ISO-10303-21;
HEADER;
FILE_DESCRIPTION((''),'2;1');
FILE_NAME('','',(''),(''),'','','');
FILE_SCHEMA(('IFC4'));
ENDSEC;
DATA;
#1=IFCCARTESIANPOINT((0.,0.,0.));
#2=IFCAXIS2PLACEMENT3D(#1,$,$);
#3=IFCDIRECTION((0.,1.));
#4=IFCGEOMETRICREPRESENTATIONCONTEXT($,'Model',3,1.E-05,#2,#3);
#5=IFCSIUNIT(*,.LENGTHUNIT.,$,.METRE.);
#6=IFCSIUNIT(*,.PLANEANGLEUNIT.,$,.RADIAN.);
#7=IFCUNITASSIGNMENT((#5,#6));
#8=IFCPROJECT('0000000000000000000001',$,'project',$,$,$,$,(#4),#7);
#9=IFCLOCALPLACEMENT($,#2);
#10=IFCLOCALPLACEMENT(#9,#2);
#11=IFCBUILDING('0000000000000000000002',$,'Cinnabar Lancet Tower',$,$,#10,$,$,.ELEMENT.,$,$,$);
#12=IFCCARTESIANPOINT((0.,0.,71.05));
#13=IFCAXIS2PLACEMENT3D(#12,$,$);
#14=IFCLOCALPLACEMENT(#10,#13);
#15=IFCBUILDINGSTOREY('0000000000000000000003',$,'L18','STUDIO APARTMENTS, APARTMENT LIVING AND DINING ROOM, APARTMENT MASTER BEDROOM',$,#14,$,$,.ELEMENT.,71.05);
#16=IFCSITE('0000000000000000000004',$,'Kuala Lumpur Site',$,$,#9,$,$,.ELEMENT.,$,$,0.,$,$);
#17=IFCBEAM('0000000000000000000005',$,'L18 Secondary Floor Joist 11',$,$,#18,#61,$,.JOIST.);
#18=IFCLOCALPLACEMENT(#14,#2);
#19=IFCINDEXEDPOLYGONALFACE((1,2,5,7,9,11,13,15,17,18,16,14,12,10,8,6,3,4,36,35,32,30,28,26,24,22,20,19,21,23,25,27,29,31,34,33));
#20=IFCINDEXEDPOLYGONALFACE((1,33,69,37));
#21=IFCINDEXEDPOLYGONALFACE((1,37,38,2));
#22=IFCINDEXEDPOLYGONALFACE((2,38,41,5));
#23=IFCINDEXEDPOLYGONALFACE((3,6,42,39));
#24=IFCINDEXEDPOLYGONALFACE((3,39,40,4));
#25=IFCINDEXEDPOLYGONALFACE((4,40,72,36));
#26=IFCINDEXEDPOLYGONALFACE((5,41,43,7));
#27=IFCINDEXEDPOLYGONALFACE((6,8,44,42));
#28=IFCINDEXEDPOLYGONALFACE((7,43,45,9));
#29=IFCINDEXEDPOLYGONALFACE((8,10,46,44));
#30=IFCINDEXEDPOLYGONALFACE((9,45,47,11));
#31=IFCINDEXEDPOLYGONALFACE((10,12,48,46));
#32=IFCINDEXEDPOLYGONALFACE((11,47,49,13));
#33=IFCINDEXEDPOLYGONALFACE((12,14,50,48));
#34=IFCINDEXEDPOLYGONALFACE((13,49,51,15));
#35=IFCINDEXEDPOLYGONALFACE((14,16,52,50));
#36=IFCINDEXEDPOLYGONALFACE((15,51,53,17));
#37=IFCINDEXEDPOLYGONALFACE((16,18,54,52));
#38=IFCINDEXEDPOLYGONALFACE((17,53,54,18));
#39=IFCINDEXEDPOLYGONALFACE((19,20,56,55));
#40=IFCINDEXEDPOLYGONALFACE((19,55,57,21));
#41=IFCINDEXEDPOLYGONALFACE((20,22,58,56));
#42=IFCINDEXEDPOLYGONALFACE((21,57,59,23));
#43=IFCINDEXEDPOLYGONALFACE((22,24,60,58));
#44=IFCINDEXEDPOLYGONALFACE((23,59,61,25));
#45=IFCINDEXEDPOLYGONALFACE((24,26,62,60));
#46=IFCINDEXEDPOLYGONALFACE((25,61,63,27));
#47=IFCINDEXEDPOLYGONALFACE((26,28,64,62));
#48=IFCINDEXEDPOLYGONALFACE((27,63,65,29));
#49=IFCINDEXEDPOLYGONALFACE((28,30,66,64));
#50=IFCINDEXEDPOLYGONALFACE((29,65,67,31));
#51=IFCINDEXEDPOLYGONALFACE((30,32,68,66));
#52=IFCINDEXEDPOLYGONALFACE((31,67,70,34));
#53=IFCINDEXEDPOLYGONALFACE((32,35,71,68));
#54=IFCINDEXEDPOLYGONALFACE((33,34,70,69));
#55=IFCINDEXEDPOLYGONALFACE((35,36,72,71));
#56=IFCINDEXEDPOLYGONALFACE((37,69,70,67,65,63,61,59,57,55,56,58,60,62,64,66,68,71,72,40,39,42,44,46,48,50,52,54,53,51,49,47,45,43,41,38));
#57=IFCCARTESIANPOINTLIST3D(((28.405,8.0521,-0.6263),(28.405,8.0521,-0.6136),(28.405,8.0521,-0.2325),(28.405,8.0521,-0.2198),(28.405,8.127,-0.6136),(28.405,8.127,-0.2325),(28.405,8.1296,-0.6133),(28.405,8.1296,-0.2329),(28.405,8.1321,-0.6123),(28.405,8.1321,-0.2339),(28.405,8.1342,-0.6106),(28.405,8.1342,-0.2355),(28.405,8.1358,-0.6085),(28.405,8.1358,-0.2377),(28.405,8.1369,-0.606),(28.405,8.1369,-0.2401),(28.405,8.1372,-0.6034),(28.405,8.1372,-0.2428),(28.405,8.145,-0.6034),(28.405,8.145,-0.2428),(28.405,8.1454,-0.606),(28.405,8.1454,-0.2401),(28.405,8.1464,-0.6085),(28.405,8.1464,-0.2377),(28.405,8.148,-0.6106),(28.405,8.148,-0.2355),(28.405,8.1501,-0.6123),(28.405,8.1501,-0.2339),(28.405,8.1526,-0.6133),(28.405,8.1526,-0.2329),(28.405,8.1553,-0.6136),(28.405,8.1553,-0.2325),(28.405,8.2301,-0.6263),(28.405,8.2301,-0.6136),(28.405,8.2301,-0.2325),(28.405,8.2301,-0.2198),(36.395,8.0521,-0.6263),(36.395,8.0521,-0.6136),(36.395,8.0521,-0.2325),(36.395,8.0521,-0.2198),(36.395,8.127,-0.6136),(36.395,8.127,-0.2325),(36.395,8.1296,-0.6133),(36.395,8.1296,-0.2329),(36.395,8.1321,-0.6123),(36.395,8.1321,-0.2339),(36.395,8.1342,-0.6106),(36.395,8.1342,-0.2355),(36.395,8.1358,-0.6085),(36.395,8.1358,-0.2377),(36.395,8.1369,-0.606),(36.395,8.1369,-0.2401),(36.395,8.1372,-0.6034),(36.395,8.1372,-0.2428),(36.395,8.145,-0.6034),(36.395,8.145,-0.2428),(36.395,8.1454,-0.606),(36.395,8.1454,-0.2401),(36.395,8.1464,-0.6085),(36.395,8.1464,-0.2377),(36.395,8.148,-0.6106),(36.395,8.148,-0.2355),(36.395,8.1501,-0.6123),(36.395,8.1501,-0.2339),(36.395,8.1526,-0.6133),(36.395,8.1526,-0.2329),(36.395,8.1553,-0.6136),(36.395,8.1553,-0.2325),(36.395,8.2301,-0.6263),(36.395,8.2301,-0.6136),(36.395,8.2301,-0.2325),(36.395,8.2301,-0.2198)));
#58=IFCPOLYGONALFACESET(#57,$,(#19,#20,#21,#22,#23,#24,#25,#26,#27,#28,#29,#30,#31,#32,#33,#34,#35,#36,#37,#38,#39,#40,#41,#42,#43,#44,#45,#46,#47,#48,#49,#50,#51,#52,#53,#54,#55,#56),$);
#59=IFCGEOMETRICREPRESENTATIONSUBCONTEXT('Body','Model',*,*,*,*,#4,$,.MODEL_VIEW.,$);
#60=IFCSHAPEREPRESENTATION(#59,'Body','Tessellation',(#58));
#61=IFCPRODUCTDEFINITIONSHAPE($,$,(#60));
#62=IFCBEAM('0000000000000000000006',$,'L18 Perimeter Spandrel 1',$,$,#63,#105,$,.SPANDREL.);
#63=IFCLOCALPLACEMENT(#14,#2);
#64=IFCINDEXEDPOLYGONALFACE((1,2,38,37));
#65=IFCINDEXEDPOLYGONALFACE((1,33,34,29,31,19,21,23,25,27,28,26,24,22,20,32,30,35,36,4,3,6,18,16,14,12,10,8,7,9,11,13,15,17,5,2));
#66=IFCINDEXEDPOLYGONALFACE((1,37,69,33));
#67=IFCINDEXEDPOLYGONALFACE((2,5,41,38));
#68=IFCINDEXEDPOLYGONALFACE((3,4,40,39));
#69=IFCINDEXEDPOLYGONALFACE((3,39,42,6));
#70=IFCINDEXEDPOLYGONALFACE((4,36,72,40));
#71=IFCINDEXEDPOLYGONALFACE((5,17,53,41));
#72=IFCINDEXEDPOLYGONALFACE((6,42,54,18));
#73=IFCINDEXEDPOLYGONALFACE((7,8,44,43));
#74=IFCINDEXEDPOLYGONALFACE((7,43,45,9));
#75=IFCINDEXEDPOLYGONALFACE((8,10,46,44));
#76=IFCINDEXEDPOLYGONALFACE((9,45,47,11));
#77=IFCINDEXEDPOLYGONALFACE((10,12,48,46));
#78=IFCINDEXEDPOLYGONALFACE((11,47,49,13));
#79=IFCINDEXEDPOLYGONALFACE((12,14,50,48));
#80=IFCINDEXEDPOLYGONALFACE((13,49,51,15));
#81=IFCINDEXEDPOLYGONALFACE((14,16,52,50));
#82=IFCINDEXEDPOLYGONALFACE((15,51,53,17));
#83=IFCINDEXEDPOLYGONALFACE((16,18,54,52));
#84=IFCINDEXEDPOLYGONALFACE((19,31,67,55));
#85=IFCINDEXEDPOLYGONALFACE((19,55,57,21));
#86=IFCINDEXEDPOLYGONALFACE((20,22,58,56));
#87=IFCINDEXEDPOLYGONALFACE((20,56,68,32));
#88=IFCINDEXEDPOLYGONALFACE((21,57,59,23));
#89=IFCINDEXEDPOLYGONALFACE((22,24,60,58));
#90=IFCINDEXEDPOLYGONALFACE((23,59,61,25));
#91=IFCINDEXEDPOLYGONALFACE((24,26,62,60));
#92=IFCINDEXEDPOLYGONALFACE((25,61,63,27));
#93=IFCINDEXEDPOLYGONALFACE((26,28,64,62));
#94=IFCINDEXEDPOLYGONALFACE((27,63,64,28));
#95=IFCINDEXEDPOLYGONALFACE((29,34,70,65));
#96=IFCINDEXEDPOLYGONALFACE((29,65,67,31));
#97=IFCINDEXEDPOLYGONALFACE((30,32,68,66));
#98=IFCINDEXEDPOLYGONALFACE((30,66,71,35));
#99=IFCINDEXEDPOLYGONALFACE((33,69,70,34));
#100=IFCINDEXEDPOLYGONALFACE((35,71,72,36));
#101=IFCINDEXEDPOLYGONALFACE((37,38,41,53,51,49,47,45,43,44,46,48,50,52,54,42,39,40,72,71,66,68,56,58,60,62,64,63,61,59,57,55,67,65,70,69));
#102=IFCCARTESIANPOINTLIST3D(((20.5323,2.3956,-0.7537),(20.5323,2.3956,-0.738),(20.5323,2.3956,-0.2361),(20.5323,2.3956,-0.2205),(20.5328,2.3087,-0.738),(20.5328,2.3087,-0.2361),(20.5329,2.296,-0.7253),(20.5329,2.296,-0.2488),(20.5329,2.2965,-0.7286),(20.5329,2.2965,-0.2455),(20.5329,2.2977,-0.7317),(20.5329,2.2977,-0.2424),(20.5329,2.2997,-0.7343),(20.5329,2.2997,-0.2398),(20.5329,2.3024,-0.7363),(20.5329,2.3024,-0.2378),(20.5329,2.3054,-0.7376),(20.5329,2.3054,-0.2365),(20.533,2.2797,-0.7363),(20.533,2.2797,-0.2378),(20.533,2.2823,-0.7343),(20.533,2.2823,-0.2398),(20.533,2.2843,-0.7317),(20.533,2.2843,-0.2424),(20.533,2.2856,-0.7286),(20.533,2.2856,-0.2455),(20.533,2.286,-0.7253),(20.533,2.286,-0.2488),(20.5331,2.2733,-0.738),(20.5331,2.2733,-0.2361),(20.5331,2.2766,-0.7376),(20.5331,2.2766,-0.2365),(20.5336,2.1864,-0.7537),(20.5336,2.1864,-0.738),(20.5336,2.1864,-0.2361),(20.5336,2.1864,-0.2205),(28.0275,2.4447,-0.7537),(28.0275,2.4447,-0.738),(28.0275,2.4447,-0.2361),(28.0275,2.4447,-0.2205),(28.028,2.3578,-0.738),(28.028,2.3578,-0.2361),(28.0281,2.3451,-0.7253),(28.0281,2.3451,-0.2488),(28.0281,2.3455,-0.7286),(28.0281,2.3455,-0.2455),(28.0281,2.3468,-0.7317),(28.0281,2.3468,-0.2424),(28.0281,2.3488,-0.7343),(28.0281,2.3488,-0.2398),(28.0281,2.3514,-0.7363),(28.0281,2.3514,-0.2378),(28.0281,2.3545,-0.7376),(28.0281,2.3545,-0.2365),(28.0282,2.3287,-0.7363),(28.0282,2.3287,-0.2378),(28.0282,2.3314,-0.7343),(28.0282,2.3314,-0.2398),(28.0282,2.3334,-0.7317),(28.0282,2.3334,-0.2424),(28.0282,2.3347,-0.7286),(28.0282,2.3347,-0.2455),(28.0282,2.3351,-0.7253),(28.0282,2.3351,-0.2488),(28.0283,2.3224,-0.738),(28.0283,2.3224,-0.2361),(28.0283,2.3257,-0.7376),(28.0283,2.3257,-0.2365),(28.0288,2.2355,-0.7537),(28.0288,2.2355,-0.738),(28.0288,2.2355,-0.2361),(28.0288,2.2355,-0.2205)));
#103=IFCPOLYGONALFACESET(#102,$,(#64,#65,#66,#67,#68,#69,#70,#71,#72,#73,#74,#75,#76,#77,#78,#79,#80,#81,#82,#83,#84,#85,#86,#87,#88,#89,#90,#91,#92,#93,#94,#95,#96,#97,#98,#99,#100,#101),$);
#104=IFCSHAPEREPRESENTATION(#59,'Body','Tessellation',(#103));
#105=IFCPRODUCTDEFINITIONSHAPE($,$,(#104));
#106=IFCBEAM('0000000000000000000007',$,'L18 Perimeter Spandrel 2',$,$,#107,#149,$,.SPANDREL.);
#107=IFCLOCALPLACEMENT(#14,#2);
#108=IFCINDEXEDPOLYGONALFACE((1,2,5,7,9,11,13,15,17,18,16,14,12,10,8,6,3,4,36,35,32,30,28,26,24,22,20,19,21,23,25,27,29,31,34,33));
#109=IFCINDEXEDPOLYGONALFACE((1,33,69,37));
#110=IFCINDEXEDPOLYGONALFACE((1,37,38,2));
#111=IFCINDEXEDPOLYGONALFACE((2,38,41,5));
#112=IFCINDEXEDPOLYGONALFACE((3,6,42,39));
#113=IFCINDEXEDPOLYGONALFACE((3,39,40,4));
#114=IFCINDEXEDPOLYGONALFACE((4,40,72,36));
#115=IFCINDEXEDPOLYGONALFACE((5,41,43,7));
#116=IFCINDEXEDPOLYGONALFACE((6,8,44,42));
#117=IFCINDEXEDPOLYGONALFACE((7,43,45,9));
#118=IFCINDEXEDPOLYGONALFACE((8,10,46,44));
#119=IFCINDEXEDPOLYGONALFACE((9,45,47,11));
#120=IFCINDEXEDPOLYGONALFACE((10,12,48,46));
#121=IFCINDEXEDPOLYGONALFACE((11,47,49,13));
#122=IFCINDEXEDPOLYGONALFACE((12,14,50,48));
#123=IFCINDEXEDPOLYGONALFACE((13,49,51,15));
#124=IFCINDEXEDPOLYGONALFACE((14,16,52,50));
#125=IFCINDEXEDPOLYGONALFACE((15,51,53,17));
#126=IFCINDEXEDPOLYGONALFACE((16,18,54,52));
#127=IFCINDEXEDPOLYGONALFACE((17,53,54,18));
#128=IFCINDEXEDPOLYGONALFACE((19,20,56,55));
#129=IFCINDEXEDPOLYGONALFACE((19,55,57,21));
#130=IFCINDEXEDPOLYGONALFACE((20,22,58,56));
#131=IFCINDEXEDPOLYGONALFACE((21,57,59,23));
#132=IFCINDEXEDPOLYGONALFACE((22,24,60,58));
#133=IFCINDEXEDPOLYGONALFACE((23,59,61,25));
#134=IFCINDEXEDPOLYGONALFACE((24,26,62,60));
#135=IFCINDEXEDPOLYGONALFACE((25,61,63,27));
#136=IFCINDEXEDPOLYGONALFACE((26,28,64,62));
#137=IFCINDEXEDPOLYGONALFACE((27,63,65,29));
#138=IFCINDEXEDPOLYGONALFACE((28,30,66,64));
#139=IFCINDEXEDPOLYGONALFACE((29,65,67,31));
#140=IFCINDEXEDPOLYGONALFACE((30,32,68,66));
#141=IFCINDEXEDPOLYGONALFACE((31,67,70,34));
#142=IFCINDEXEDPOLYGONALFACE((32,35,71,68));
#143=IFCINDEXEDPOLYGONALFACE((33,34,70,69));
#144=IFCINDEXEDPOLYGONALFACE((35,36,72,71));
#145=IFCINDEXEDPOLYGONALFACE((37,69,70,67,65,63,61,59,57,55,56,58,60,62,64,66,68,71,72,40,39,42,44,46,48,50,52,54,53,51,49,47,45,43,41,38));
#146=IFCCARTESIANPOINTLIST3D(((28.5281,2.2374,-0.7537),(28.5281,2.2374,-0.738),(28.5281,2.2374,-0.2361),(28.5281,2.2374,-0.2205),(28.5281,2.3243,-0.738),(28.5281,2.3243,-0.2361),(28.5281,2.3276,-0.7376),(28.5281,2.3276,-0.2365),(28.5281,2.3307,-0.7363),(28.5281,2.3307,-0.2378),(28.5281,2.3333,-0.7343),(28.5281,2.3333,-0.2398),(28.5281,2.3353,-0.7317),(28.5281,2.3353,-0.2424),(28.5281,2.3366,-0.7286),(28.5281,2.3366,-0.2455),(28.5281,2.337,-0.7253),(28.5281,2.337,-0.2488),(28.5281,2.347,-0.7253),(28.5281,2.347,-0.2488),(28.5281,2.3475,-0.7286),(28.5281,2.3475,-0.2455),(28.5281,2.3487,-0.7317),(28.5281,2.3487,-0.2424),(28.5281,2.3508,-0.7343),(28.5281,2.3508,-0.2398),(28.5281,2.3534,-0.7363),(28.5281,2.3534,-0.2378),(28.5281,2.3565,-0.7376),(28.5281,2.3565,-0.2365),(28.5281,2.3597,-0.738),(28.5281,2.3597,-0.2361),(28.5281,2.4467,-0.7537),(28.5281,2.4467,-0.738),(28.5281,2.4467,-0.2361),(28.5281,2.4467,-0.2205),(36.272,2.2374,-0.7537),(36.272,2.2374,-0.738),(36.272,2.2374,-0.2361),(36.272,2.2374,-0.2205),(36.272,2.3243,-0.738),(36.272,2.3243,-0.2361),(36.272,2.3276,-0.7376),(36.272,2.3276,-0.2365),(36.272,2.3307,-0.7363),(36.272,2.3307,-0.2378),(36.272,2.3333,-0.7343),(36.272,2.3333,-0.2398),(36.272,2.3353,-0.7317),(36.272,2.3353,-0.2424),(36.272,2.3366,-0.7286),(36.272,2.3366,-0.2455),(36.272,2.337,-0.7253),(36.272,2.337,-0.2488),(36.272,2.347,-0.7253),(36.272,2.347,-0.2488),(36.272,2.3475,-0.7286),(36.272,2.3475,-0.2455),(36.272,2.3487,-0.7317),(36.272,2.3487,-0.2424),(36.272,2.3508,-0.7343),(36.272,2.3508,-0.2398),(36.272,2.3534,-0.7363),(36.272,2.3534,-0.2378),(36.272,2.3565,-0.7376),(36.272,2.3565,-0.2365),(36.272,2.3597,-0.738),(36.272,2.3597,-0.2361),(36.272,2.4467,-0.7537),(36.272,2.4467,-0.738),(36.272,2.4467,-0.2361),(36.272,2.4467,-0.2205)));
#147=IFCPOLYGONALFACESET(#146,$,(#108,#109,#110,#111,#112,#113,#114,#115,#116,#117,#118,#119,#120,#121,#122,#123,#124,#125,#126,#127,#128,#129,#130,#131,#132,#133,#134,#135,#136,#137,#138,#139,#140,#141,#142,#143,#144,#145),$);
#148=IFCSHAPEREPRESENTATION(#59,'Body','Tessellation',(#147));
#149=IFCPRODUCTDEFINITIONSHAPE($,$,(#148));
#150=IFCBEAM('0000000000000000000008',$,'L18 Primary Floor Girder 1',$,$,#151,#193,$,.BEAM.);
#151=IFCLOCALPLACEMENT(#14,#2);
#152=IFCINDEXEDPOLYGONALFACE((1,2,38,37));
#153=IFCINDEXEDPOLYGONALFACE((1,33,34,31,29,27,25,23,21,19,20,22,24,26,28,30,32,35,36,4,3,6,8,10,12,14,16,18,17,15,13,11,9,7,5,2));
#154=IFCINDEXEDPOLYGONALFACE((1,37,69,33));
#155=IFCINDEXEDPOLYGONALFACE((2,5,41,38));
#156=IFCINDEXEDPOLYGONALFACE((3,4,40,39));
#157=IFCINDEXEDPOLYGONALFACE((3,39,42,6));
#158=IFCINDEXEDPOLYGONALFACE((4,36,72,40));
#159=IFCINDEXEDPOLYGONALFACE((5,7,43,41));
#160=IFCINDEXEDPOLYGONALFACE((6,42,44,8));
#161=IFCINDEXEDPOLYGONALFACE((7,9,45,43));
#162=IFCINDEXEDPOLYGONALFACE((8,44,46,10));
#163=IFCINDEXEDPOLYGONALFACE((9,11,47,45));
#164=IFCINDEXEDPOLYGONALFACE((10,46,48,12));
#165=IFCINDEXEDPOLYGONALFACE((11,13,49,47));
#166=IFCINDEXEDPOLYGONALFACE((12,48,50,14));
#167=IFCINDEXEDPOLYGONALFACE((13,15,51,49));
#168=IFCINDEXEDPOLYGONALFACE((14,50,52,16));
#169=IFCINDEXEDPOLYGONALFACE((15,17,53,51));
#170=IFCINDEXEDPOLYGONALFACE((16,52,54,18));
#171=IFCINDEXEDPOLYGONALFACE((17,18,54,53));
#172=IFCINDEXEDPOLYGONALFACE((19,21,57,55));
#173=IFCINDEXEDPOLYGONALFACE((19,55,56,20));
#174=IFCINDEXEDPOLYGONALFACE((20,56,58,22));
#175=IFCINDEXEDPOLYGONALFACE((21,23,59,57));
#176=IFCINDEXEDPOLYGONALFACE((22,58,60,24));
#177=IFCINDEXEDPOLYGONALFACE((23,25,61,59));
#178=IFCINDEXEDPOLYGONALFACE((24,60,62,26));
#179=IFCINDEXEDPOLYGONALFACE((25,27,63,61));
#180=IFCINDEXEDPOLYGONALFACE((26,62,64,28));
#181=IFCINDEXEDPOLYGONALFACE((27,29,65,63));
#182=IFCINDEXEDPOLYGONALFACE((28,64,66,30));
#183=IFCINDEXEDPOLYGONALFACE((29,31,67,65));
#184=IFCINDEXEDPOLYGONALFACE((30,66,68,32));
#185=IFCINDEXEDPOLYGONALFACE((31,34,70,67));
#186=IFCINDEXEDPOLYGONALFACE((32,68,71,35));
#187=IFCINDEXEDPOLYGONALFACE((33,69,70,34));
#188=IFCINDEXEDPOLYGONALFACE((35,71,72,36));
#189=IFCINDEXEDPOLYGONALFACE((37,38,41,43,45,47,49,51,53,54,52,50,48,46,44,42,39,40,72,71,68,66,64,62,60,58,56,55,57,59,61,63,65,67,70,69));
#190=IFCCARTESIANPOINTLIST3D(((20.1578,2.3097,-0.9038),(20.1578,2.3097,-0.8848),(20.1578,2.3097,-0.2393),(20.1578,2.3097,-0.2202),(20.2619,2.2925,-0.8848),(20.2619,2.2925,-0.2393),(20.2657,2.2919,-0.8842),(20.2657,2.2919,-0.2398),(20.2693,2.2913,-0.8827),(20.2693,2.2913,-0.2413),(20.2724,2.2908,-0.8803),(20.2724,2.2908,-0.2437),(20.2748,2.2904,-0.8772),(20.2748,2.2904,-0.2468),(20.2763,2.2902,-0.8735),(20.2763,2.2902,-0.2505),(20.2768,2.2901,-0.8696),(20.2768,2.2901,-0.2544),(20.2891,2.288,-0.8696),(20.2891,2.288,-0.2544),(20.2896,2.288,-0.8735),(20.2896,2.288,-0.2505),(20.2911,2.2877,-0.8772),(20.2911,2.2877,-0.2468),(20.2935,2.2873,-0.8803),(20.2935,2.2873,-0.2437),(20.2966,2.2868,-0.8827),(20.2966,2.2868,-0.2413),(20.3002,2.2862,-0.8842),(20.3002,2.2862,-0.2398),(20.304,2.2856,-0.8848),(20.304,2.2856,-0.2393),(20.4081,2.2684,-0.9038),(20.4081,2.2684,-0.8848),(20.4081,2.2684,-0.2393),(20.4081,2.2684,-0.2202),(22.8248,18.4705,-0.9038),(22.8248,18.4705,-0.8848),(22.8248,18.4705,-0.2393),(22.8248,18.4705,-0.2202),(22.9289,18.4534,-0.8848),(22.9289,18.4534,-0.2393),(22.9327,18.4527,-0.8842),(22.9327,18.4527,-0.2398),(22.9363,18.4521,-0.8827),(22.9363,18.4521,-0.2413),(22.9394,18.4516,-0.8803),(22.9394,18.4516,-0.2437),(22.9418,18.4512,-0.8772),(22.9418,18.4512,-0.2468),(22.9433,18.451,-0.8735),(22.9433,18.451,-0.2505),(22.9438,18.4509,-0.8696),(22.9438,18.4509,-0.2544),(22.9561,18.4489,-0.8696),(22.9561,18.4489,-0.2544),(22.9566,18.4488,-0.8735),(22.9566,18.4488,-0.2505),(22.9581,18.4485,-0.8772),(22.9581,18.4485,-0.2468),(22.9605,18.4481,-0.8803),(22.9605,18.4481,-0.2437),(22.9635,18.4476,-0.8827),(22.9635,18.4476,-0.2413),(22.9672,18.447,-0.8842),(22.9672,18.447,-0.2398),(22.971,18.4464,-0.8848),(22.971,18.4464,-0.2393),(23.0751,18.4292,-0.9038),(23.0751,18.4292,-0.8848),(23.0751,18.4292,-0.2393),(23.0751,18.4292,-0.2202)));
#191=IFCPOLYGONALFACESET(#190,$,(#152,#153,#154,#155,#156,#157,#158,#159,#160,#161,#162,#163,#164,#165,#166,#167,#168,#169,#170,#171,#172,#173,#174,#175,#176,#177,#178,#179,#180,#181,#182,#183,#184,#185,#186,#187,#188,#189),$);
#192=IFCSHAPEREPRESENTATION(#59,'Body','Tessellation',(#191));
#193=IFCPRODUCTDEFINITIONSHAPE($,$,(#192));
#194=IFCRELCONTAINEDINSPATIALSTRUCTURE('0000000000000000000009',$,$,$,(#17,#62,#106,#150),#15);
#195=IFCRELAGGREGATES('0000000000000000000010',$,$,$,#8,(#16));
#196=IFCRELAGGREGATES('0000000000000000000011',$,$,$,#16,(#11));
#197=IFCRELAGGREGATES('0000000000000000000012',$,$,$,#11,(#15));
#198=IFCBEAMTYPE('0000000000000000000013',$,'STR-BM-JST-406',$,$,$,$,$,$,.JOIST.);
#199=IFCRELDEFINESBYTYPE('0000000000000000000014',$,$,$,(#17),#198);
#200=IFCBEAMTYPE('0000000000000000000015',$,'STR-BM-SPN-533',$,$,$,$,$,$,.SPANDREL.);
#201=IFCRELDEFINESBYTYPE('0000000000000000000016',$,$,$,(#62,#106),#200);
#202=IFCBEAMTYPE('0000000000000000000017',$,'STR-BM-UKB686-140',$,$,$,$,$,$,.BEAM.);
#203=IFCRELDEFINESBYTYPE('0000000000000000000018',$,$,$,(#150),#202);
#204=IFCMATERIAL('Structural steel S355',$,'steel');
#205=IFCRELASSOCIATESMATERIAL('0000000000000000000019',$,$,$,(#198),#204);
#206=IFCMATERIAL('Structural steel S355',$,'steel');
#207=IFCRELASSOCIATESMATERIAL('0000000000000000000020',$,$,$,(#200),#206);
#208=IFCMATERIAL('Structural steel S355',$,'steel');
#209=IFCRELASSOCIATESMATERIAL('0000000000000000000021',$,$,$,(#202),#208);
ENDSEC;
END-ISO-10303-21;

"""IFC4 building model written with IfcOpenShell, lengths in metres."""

from ifc_helpers import new_model, si_unit, direction, frame, origin, origin_2d, place, context, subcontext, project, spatial, i_section, extrude, material, material_profile, profile_set, type_object, element, save


model = new_model("IFC4")

# Units and contexts
model_context = context("Model", 3, precision=1e-05, world=origin(), true_north=direction((0.0, 1.0)))
body_context = subcontext(model_context, "Body", "Model", "MODEL_VIEW")
ifc_project = project(units=[si_unit("LENGTHUNIT", "METRE"), si_unit("PLANEANGLEUNIT", "RADIAN")], contexts=[model_context])

# Site, building, storey
site_placement = place(None, origin())
site = spatial("IfcSite", under=ifc_project, at=site_placement, Name="Kuala Lumpur Site", CompositionType="ELEMENT", RefElevation=0.0)
building_placement = place(site_placement, origin())
building = spatial("IfcBuilding", under=site, at=building_placement, Name="Cinnabar Lancet Tower", CompositionType="ELEMENT")
storey_placement = place(building_placement, frame((0.0, 0.0, 71.05)))
storey = spatial("IfcBuildingStorey", under=building, at=storey_placement, Name="L18", Description="STUDIO APARTMENTS, APARTMENT LIVING AND DINING ROOM, APARTMENT MASTER BEDROOM", CompositionType="ELEMENT", Elevation=71.05)

# Beams
ifc_material_1 = material(Name="Structural steel S355", Category="steel")
ifc_material_profile_1 = material_profile(ifc_material_1, i_section(OverallWidth=0.178, OverallDepth=0.4065, WebThickness=0.0078, FlangeThickness=0.0127, FilletRadius=0.0103, at=origin_2d()), Name="UKB 406x178x60")
ifc_profile_set_1 = profile_set([ifc_material_profile_1], Name="Structural steel S355")
beam_type_1 = type_object("IfcBeamType", Name="STR-BM-JST-406", PredefinedType="JOIST", material=ifc_profile_set_1)
beam_1_placement = place(storey_placement, frame((28.405, 8.1411, -0.4231), z_axis=(1.0, 0.0, 0.0), x_axis=(0.0, 1.0, 0.0)))
element("IfcBeam", 1, at=beam_1_placement, inside=storey, type_object=beam_type_1, Name="L18 Secondary Floor Joist 11", PredefinedType="JOIST", context=body_context, shape_type="SweptSolid", body=[
    extrude(i_section(OverallWidth=0.178, OverallDepth=0.4065, WebThickness=0.0078, FlangeThickness=0.0127, FilletRadius=0.0103, at=origin_2d()), origin(), (0.0, 0.0, 1.0), 7.99),
])
ifc_material_2 = material(Name="Structural steel S355", Category="steel")
ifc_material_profile_2 = material_profile(ifc_material_2, i_section(OverallWidth=0.2092, OverallDepth=0.5332, WebThickness=0.01, FlangeThickness=0.0156, FilletRadius=0.0127, at=origin_2d()), Name="UKB 533x210x92")
ifc_profile_set_2 = profile_set([ifc_material_profile_2], Name="Structural steel S355")
beam_type_2 = type_object("IfcBeamType", Name="STR-BM-SPN-533", PredefinedType="SPANDREL", material=ifc_profile_set_2)
beam_2_placement = place(storey_placement, frame((20.533, 2.291, -0.4871), z_axis=(0.999979, 0.006547, 0.0), x_axis=(-0.006547, 0.999979, 0.0)))
element("IfcBeam", 2, at=beam_2_placement, inside=storey, type_object=beam_type_2, Name="L18 Perimeter Spandrel 1", PredefinedType="SPANDREL", context=body_context, shape_type="SweptSolid", body=[
    extrude(i_section(OverallWidth=0.2092, OverallDepth=0.5332, WebThickness=0.01, FlangeThickness=0.0156, FilletRadius=0.0127, at=origin_2d()), origin(), (0.0, 0.0, 1.0), 7.4954),
])
beam_3_placement = place(storey_placement, frame((28.5281, 2.342, -0.4871), z_axis=(1.0, 0.0, 0.0), x_axis=(0.0, 1.0, 0.0)))
element("IfcBeam", 3, at=beam_3_placement, inside=storey, type_object=beam_type_2, Name="L18 Perimeter Spandrel 2", PredefinedType="SPANDREL", context=body_context, shape_type="SweptSolid", body=[
    extrude(i_section(OverallWidth=0.2092, OverallDepth=0.5332, WebThickness=0.01, FlangeThickness=0.0156, FilletRadius=0.0127, at=origin_2d()), origin(), (0.0, 0.0, 1.0), 7.7439),
])
ifc_material_3 = material(Name="Structural steel S355", Category="steel")
ifc_material_profile_3 = material_profile(ifc_material_3, i_section(OverallWidth=0.2537, OverallDepth=0.6836, WebThickness=0.0125, FlangeThickness=0.019, FilletRadius=0.0151, at=origin_2d()), Name="UKB 686x254x140")
ifc_profile_set_3 = profile_set([ifc_material_profile_3], Name="Structural steel S355")
beam_type_3 = type_object("IfcBeamType", Name="STR-BM-UKB686-140", PredefinedType="BEAM", material=ifc_profile_set_3)
beam_4_placement = place(storey_placement, frame((20.283, 2.2891, -0.562), z_axis=(0.162825, 0.986655, 0.0), x_axis=(-0.986655, 0.162825, 0.0)))
element("IfcBeam", 4, at=beam_4_placement, inside=storey, type_object=beam_type_3, Name="L18 Primary Floor Girder 1", PredefinedType="BEAM", context=body_context, shape_type="SweptSolid", body=[
    extrude(i_section(OverallWidth=0.2537, OverallDepth=0.6836, WebThickness=0.0125, FlangeThickness=0.019, FilletRadius=0.0151, at=origin_2d()), origin(), (0.0, 0.0, 1.0), 16.3794),
])

save(model, "model.ifc")
